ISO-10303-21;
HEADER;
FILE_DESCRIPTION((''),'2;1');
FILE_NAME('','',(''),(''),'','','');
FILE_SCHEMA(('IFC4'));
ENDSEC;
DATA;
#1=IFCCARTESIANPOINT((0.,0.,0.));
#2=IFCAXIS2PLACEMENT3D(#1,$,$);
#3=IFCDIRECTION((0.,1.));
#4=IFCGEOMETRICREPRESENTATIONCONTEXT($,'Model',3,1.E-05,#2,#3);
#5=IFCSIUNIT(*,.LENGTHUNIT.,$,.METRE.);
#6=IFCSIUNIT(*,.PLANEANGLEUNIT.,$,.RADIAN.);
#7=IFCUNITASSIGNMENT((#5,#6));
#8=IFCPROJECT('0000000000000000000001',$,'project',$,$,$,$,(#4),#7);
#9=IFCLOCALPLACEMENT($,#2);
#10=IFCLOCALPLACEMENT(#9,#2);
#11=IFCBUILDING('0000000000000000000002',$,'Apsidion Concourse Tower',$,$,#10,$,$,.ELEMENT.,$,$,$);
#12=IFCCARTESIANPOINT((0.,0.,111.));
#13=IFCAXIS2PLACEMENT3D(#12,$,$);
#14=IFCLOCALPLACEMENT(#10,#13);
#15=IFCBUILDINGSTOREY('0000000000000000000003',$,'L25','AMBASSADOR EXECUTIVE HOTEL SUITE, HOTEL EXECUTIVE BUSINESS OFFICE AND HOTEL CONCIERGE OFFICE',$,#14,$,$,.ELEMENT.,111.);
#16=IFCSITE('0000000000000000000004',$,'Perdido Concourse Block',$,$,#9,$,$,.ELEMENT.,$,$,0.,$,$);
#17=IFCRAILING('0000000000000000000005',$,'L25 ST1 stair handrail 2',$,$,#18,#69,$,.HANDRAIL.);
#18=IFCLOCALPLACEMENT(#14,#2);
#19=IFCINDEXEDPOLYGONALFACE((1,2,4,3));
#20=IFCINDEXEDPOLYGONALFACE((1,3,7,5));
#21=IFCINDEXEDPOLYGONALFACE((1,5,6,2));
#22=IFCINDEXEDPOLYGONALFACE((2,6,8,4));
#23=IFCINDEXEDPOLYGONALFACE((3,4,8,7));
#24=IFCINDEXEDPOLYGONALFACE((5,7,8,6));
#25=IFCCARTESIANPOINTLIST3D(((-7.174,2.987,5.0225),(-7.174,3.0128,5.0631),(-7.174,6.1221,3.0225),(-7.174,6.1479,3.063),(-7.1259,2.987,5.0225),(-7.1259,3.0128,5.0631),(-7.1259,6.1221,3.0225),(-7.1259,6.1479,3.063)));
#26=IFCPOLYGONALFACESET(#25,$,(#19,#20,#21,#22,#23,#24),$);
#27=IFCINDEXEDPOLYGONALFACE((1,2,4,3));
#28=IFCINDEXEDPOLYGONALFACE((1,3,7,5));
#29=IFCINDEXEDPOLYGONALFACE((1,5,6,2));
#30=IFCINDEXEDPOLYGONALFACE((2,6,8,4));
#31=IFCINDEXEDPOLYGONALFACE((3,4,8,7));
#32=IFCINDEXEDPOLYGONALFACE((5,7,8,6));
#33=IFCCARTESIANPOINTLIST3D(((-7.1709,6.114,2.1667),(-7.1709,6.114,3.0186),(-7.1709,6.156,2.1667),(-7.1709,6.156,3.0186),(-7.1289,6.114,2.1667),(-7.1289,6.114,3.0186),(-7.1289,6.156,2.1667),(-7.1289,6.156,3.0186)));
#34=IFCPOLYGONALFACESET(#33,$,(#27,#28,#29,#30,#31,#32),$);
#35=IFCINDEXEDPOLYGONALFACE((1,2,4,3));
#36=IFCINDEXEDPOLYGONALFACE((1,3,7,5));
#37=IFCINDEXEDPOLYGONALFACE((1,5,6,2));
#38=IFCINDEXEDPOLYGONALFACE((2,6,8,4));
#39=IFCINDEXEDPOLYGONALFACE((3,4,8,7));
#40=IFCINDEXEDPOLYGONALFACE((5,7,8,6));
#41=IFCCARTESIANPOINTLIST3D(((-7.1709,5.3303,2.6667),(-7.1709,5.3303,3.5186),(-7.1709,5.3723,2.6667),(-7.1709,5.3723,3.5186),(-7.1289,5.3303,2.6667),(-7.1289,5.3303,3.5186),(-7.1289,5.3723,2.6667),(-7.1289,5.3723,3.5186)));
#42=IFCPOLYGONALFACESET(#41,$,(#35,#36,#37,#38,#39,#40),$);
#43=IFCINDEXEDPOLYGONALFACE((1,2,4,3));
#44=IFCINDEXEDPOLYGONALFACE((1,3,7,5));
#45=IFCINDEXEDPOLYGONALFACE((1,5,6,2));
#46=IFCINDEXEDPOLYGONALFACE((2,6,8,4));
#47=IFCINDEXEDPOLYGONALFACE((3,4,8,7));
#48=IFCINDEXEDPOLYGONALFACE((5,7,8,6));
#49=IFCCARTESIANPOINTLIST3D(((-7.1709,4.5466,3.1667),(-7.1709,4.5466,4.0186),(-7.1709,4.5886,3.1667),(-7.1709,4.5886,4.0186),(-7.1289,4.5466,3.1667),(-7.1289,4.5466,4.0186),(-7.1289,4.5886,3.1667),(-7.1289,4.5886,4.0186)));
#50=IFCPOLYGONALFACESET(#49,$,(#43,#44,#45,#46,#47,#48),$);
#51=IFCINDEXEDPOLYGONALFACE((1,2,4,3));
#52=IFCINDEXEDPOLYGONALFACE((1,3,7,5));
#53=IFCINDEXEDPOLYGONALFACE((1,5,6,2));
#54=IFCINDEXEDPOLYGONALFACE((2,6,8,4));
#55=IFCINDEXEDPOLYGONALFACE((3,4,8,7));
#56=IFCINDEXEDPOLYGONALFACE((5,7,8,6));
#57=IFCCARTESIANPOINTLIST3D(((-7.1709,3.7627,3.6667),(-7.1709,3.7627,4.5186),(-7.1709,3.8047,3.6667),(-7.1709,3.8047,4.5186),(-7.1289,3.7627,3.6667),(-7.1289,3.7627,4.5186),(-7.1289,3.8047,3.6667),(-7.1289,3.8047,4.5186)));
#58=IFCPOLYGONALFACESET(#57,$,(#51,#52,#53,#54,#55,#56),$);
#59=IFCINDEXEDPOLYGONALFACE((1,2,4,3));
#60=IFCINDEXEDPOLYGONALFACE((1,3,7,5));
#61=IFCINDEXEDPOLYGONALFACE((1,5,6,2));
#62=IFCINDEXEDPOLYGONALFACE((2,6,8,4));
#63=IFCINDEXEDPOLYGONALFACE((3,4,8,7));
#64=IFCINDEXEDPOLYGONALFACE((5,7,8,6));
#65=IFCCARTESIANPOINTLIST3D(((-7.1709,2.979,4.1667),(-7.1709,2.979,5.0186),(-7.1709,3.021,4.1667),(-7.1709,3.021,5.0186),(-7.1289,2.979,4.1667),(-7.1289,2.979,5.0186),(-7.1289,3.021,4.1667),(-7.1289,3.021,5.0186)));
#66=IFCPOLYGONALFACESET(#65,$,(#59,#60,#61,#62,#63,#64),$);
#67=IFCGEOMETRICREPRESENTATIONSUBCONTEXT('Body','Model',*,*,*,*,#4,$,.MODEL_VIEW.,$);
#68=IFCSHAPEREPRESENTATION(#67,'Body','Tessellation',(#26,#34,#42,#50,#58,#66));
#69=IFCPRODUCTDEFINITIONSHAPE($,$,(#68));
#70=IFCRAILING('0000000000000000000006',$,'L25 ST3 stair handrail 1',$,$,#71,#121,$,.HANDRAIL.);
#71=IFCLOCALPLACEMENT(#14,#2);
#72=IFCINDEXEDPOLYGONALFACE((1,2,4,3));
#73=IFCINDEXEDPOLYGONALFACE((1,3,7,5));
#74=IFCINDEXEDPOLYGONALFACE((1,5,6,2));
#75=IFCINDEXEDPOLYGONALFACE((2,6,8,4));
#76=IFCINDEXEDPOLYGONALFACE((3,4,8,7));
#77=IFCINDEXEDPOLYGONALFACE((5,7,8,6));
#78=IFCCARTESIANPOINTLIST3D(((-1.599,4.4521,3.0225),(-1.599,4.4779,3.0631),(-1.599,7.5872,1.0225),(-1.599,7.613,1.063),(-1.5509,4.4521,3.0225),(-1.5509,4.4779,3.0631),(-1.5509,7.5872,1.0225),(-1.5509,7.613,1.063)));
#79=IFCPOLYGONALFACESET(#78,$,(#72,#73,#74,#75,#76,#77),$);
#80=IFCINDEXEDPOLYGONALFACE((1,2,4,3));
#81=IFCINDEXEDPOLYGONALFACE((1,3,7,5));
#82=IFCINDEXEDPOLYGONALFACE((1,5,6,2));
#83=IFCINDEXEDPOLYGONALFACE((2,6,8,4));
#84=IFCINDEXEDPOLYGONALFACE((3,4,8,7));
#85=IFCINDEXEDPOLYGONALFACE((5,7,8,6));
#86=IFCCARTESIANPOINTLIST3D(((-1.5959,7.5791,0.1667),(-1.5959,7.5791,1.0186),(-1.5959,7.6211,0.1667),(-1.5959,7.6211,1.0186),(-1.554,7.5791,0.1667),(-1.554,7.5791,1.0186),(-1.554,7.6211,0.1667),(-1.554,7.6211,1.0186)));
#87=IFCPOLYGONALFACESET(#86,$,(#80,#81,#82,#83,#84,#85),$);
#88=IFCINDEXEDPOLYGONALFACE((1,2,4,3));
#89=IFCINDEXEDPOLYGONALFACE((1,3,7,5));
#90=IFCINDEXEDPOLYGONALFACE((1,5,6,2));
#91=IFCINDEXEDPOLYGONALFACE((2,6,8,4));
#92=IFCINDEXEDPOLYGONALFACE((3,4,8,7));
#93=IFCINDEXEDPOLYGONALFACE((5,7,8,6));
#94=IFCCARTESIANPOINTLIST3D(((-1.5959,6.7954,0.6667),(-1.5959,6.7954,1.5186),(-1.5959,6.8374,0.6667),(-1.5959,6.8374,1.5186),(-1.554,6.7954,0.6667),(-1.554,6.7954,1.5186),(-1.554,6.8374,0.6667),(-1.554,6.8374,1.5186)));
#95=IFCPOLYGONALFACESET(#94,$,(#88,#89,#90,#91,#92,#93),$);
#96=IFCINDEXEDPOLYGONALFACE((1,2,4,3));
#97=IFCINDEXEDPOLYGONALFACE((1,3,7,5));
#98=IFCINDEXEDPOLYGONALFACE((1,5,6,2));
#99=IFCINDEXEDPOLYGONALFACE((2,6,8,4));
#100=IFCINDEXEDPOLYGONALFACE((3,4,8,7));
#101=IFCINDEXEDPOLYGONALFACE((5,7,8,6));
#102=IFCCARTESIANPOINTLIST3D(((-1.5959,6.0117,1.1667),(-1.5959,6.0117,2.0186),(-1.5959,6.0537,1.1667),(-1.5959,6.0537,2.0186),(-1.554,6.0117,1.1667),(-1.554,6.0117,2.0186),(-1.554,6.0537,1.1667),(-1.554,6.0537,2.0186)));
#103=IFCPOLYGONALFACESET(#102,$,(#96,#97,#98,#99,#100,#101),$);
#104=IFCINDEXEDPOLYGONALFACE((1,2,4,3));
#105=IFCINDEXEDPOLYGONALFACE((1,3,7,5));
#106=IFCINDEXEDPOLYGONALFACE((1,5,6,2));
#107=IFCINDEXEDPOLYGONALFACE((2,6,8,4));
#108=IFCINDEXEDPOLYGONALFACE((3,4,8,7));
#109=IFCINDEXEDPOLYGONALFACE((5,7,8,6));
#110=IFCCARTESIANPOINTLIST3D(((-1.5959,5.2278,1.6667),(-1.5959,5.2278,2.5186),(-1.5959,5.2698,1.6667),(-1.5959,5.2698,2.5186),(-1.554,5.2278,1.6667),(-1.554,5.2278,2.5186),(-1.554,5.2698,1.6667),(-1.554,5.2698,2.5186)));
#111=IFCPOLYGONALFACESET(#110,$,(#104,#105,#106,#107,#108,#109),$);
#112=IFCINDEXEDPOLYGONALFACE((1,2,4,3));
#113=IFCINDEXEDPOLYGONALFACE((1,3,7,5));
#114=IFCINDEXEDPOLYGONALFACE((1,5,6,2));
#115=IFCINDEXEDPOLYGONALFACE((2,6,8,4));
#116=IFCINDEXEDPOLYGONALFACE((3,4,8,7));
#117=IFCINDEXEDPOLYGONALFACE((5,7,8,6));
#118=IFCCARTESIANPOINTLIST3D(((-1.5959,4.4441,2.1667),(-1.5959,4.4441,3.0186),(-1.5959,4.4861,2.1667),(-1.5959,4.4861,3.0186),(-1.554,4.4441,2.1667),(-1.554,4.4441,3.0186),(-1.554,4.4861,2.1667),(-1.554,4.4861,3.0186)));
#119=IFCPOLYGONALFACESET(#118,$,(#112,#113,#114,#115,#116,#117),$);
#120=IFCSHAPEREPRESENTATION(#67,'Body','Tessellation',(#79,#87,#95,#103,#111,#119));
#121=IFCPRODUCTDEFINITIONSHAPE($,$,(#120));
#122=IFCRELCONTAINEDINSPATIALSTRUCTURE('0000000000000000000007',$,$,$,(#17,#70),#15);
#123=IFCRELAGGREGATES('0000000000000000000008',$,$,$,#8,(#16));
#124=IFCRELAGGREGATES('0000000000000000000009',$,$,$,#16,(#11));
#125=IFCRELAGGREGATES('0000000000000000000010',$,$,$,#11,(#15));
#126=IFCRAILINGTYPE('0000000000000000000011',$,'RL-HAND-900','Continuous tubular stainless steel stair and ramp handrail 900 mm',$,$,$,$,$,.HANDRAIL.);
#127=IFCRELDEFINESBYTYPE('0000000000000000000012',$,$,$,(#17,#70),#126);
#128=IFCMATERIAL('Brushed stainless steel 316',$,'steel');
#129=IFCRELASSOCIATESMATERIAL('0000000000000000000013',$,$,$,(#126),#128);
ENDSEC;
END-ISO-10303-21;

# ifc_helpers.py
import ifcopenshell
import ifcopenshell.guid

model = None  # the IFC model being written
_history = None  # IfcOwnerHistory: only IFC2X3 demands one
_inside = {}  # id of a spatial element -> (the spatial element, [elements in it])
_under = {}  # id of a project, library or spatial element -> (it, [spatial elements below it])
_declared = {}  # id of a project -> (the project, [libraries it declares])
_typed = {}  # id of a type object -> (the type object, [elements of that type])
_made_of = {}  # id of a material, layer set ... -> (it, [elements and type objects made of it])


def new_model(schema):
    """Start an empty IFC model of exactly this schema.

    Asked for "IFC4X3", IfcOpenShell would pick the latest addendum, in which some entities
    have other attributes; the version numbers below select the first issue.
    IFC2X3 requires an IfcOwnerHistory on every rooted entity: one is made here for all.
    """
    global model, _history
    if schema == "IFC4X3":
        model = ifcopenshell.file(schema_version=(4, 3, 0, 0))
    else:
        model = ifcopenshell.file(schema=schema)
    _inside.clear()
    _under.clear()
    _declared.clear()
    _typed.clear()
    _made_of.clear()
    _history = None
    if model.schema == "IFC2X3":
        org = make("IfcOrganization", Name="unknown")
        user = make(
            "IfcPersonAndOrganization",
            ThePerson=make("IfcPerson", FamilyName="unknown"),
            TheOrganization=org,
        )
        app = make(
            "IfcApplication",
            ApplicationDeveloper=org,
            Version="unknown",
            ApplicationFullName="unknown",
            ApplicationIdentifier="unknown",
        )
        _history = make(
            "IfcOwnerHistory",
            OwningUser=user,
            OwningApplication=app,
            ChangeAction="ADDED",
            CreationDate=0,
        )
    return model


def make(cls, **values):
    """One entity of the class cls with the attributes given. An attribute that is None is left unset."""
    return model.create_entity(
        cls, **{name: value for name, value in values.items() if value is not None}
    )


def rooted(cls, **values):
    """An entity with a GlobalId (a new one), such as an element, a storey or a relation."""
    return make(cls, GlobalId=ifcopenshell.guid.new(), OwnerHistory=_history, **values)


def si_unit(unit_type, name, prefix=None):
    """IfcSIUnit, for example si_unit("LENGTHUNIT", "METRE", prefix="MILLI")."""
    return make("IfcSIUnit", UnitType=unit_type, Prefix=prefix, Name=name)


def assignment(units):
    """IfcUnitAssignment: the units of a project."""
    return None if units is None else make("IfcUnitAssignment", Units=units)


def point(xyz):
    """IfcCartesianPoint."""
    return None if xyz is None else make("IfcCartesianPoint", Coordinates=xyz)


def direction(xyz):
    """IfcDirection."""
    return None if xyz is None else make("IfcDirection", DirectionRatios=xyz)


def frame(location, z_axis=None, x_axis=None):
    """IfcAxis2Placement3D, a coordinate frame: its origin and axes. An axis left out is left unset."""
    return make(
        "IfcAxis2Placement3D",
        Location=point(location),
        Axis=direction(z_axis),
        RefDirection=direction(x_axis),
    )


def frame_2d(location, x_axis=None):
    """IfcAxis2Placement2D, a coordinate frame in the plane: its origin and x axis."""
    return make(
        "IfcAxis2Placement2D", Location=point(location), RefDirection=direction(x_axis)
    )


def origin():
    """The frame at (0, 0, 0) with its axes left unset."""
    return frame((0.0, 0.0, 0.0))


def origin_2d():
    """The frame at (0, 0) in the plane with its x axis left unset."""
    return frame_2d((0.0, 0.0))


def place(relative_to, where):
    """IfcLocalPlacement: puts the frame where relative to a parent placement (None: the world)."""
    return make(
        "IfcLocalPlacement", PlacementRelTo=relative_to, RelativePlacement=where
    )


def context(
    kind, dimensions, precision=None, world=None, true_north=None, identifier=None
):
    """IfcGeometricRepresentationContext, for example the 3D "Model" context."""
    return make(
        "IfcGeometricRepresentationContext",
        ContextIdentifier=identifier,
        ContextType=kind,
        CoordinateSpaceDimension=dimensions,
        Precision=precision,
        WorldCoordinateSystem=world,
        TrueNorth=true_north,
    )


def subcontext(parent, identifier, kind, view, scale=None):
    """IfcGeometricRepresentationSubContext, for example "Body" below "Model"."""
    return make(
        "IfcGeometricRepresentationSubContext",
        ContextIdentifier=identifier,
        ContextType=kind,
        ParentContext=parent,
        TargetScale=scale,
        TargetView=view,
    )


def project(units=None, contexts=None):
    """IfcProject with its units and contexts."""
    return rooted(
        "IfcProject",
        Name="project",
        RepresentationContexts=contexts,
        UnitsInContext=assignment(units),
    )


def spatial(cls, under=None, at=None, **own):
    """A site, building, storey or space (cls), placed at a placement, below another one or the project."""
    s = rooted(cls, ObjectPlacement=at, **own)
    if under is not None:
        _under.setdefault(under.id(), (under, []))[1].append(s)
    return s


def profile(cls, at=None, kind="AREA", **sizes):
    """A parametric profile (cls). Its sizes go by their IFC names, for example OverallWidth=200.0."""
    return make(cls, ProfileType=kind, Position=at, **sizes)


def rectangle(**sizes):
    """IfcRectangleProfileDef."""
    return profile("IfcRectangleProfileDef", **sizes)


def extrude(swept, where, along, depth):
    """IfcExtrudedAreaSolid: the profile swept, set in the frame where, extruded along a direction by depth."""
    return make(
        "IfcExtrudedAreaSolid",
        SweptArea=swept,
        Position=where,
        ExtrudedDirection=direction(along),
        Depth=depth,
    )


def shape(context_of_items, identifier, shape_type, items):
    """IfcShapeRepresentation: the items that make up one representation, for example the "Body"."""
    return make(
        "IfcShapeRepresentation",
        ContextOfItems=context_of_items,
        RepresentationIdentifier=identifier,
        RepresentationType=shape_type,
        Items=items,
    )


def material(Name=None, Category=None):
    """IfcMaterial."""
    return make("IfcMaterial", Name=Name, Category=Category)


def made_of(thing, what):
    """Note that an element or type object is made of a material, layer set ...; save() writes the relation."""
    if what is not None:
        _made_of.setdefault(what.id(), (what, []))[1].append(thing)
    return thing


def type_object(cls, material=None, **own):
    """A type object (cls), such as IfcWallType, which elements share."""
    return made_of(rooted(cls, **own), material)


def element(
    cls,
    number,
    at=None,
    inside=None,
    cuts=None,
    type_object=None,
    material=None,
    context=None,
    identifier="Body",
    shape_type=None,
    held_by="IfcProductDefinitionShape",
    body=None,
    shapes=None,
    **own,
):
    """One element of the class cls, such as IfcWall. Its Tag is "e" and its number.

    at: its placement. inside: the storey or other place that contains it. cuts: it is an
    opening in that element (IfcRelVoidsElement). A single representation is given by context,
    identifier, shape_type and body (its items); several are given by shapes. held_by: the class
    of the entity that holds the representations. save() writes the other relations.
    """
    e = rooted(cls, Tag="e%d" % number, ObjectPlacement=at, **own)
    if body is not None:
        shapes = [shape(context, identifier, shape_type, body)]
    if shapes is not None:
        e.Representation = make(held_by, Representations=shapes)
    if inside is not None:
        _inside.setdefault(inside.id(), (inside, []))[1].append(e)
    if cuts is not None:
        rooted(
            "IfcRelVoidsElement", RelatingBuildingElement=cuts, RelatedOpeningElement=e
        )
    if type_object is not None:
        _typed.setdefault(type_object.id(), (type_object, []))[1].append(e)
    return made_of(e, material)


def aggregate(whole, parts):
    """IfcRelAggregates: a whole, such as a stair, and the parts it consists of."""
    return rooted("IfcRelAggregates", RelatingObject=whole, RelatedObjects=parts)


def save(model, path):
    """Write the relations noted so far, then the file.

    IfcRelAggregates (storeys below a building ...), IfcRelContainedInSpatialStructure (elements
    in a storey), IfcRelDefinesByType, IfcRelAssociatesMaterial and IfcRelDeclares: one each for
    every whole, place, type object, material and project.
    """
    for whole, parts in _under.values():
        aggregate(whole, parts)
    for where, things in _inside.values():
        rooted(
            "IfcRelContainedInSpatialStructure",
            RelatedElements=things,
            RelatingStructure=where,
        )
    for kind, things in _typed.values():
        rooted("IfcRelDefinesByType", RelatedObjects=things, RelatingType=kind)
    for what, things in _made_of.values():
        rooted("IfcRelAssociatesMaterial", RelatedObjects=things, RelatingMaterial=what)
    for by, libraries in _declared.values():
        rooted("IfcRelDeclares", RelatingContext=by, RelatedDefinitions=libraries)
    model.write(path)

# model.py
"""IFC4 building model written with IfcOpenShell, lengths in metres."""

from ifc_helpers import new_model, si_unit, direction, frame, origin, origin_2d, place, context, subcontext, project, spatial, rectangle, extrude, material, type_object, element, save


model = new_model("IFC4")

# Units and contexts
model_context = context("Model", 3, precision=1e-05, world=origin(), true_north=direction((0.0, 1.0)))
body_context = subcontext(model_context, "Body", "Model", "MODEL_VIEW")
ifc_project = project(units=[si_unit("LENGTHUNIT", "METRE"), si_unit("PLANEANGLEUNIT", "RADIAN")], contexts=[model_context])

# Site, building, storey
site_placement = place(None, origin())
site = spatial("IfcSite", under=ifc_project, at=site_placement, Name="Perdido Concourse Block", CompositionType="ELEMENT", RefElevation=0.0)
building_placement = place(site_placement, origin())
building = spatial("IfcBuilding", under=site, at=building_placement, Name="Apsidion Concourse Tower", CompositionType="ELEMENT")
storey_placement = place(building_placement, frame((0.0, 0.0, 111.0)))
storey = spatial("IfcBuildingStorey", under=building, at=storey_placement, Name="L25", Description="AMBASSADOR EXECUTIVE HOTEL SUITE, HOTEL EXECUTIVE BUSINESS OFFICE AND HOTEL CONCIERGE OFFICE", CompositionType="ELEMENT", Elevation=111.0)

# Railings
ifc_material_1 = material(Name="Brushed stainless steel 316", Category="steel")
railing_type_1 = type_object("IfcRailingType", Name="RL-HAND-900", Description="Continuous tubular stainless steel stair and ramp handrail 900 mm", PredefinedType="HANDRAIL", material=ifc_material_1)
for number, where, name in (
    (1, (-7.1499, 6.135, 2.1667), "L25 ST1 stair handrail 2"),
    (2, (-1.575, 7.6001, 0.1667), "L25 ST3 stair handrail 1"),
):
    element("IfcRailing", number, at=place(storey_placement, frame(where)), inside=storey, type_object=railing_type_1, Name=name, PredefinedType="HANDRAIL", context=body_context, shape_type="SweptSolid", body=[
        extrude(rectangle(XDim=0.0481, YDim=0.0481, at=origin_2d()), frame((0.0, 0.0, 0.876), z_axis=(0.0, -0.843053, 0.537831), x_axis=(1.0, 0.0, 0.0)), (0.0, 0.0, 1.0), 3.7188),
        extrude(rectangle(XDim=0.042, YDim=0.042, at=origin_2d()), origin(), (0.0, 0.0, 1.0), 0.8518),
        extrude(rectangle(XDim=0.042, YDim=0.042, at=origin_2d()), frame((0.0, -0.7837, 0.5)), (0.0, 0.0, 1.0), 0.8518),
        extrude(rectangle(XDim=0.042, YDim=0.042, at=origin_2d()), frame((0.0, -1.5674, 1.0)), (0.0, 0.0, 1.0), 0.8518),
        extrude(rectangle(XDim=0.042, YDim=0.042, at=origin_2d()), frame((0.0, -2.3513, 1.5)), (0.0, 0.0, 1.0), 0.8518),
        extrude(rectangle(XDim=0.042, YDim=0.042, at=origin_2d()), frame((0.0, -3.135, 2.0)), (0.0, 0.0, 1.0), 0.8518),
    ])

save(model, "model.ifc")
